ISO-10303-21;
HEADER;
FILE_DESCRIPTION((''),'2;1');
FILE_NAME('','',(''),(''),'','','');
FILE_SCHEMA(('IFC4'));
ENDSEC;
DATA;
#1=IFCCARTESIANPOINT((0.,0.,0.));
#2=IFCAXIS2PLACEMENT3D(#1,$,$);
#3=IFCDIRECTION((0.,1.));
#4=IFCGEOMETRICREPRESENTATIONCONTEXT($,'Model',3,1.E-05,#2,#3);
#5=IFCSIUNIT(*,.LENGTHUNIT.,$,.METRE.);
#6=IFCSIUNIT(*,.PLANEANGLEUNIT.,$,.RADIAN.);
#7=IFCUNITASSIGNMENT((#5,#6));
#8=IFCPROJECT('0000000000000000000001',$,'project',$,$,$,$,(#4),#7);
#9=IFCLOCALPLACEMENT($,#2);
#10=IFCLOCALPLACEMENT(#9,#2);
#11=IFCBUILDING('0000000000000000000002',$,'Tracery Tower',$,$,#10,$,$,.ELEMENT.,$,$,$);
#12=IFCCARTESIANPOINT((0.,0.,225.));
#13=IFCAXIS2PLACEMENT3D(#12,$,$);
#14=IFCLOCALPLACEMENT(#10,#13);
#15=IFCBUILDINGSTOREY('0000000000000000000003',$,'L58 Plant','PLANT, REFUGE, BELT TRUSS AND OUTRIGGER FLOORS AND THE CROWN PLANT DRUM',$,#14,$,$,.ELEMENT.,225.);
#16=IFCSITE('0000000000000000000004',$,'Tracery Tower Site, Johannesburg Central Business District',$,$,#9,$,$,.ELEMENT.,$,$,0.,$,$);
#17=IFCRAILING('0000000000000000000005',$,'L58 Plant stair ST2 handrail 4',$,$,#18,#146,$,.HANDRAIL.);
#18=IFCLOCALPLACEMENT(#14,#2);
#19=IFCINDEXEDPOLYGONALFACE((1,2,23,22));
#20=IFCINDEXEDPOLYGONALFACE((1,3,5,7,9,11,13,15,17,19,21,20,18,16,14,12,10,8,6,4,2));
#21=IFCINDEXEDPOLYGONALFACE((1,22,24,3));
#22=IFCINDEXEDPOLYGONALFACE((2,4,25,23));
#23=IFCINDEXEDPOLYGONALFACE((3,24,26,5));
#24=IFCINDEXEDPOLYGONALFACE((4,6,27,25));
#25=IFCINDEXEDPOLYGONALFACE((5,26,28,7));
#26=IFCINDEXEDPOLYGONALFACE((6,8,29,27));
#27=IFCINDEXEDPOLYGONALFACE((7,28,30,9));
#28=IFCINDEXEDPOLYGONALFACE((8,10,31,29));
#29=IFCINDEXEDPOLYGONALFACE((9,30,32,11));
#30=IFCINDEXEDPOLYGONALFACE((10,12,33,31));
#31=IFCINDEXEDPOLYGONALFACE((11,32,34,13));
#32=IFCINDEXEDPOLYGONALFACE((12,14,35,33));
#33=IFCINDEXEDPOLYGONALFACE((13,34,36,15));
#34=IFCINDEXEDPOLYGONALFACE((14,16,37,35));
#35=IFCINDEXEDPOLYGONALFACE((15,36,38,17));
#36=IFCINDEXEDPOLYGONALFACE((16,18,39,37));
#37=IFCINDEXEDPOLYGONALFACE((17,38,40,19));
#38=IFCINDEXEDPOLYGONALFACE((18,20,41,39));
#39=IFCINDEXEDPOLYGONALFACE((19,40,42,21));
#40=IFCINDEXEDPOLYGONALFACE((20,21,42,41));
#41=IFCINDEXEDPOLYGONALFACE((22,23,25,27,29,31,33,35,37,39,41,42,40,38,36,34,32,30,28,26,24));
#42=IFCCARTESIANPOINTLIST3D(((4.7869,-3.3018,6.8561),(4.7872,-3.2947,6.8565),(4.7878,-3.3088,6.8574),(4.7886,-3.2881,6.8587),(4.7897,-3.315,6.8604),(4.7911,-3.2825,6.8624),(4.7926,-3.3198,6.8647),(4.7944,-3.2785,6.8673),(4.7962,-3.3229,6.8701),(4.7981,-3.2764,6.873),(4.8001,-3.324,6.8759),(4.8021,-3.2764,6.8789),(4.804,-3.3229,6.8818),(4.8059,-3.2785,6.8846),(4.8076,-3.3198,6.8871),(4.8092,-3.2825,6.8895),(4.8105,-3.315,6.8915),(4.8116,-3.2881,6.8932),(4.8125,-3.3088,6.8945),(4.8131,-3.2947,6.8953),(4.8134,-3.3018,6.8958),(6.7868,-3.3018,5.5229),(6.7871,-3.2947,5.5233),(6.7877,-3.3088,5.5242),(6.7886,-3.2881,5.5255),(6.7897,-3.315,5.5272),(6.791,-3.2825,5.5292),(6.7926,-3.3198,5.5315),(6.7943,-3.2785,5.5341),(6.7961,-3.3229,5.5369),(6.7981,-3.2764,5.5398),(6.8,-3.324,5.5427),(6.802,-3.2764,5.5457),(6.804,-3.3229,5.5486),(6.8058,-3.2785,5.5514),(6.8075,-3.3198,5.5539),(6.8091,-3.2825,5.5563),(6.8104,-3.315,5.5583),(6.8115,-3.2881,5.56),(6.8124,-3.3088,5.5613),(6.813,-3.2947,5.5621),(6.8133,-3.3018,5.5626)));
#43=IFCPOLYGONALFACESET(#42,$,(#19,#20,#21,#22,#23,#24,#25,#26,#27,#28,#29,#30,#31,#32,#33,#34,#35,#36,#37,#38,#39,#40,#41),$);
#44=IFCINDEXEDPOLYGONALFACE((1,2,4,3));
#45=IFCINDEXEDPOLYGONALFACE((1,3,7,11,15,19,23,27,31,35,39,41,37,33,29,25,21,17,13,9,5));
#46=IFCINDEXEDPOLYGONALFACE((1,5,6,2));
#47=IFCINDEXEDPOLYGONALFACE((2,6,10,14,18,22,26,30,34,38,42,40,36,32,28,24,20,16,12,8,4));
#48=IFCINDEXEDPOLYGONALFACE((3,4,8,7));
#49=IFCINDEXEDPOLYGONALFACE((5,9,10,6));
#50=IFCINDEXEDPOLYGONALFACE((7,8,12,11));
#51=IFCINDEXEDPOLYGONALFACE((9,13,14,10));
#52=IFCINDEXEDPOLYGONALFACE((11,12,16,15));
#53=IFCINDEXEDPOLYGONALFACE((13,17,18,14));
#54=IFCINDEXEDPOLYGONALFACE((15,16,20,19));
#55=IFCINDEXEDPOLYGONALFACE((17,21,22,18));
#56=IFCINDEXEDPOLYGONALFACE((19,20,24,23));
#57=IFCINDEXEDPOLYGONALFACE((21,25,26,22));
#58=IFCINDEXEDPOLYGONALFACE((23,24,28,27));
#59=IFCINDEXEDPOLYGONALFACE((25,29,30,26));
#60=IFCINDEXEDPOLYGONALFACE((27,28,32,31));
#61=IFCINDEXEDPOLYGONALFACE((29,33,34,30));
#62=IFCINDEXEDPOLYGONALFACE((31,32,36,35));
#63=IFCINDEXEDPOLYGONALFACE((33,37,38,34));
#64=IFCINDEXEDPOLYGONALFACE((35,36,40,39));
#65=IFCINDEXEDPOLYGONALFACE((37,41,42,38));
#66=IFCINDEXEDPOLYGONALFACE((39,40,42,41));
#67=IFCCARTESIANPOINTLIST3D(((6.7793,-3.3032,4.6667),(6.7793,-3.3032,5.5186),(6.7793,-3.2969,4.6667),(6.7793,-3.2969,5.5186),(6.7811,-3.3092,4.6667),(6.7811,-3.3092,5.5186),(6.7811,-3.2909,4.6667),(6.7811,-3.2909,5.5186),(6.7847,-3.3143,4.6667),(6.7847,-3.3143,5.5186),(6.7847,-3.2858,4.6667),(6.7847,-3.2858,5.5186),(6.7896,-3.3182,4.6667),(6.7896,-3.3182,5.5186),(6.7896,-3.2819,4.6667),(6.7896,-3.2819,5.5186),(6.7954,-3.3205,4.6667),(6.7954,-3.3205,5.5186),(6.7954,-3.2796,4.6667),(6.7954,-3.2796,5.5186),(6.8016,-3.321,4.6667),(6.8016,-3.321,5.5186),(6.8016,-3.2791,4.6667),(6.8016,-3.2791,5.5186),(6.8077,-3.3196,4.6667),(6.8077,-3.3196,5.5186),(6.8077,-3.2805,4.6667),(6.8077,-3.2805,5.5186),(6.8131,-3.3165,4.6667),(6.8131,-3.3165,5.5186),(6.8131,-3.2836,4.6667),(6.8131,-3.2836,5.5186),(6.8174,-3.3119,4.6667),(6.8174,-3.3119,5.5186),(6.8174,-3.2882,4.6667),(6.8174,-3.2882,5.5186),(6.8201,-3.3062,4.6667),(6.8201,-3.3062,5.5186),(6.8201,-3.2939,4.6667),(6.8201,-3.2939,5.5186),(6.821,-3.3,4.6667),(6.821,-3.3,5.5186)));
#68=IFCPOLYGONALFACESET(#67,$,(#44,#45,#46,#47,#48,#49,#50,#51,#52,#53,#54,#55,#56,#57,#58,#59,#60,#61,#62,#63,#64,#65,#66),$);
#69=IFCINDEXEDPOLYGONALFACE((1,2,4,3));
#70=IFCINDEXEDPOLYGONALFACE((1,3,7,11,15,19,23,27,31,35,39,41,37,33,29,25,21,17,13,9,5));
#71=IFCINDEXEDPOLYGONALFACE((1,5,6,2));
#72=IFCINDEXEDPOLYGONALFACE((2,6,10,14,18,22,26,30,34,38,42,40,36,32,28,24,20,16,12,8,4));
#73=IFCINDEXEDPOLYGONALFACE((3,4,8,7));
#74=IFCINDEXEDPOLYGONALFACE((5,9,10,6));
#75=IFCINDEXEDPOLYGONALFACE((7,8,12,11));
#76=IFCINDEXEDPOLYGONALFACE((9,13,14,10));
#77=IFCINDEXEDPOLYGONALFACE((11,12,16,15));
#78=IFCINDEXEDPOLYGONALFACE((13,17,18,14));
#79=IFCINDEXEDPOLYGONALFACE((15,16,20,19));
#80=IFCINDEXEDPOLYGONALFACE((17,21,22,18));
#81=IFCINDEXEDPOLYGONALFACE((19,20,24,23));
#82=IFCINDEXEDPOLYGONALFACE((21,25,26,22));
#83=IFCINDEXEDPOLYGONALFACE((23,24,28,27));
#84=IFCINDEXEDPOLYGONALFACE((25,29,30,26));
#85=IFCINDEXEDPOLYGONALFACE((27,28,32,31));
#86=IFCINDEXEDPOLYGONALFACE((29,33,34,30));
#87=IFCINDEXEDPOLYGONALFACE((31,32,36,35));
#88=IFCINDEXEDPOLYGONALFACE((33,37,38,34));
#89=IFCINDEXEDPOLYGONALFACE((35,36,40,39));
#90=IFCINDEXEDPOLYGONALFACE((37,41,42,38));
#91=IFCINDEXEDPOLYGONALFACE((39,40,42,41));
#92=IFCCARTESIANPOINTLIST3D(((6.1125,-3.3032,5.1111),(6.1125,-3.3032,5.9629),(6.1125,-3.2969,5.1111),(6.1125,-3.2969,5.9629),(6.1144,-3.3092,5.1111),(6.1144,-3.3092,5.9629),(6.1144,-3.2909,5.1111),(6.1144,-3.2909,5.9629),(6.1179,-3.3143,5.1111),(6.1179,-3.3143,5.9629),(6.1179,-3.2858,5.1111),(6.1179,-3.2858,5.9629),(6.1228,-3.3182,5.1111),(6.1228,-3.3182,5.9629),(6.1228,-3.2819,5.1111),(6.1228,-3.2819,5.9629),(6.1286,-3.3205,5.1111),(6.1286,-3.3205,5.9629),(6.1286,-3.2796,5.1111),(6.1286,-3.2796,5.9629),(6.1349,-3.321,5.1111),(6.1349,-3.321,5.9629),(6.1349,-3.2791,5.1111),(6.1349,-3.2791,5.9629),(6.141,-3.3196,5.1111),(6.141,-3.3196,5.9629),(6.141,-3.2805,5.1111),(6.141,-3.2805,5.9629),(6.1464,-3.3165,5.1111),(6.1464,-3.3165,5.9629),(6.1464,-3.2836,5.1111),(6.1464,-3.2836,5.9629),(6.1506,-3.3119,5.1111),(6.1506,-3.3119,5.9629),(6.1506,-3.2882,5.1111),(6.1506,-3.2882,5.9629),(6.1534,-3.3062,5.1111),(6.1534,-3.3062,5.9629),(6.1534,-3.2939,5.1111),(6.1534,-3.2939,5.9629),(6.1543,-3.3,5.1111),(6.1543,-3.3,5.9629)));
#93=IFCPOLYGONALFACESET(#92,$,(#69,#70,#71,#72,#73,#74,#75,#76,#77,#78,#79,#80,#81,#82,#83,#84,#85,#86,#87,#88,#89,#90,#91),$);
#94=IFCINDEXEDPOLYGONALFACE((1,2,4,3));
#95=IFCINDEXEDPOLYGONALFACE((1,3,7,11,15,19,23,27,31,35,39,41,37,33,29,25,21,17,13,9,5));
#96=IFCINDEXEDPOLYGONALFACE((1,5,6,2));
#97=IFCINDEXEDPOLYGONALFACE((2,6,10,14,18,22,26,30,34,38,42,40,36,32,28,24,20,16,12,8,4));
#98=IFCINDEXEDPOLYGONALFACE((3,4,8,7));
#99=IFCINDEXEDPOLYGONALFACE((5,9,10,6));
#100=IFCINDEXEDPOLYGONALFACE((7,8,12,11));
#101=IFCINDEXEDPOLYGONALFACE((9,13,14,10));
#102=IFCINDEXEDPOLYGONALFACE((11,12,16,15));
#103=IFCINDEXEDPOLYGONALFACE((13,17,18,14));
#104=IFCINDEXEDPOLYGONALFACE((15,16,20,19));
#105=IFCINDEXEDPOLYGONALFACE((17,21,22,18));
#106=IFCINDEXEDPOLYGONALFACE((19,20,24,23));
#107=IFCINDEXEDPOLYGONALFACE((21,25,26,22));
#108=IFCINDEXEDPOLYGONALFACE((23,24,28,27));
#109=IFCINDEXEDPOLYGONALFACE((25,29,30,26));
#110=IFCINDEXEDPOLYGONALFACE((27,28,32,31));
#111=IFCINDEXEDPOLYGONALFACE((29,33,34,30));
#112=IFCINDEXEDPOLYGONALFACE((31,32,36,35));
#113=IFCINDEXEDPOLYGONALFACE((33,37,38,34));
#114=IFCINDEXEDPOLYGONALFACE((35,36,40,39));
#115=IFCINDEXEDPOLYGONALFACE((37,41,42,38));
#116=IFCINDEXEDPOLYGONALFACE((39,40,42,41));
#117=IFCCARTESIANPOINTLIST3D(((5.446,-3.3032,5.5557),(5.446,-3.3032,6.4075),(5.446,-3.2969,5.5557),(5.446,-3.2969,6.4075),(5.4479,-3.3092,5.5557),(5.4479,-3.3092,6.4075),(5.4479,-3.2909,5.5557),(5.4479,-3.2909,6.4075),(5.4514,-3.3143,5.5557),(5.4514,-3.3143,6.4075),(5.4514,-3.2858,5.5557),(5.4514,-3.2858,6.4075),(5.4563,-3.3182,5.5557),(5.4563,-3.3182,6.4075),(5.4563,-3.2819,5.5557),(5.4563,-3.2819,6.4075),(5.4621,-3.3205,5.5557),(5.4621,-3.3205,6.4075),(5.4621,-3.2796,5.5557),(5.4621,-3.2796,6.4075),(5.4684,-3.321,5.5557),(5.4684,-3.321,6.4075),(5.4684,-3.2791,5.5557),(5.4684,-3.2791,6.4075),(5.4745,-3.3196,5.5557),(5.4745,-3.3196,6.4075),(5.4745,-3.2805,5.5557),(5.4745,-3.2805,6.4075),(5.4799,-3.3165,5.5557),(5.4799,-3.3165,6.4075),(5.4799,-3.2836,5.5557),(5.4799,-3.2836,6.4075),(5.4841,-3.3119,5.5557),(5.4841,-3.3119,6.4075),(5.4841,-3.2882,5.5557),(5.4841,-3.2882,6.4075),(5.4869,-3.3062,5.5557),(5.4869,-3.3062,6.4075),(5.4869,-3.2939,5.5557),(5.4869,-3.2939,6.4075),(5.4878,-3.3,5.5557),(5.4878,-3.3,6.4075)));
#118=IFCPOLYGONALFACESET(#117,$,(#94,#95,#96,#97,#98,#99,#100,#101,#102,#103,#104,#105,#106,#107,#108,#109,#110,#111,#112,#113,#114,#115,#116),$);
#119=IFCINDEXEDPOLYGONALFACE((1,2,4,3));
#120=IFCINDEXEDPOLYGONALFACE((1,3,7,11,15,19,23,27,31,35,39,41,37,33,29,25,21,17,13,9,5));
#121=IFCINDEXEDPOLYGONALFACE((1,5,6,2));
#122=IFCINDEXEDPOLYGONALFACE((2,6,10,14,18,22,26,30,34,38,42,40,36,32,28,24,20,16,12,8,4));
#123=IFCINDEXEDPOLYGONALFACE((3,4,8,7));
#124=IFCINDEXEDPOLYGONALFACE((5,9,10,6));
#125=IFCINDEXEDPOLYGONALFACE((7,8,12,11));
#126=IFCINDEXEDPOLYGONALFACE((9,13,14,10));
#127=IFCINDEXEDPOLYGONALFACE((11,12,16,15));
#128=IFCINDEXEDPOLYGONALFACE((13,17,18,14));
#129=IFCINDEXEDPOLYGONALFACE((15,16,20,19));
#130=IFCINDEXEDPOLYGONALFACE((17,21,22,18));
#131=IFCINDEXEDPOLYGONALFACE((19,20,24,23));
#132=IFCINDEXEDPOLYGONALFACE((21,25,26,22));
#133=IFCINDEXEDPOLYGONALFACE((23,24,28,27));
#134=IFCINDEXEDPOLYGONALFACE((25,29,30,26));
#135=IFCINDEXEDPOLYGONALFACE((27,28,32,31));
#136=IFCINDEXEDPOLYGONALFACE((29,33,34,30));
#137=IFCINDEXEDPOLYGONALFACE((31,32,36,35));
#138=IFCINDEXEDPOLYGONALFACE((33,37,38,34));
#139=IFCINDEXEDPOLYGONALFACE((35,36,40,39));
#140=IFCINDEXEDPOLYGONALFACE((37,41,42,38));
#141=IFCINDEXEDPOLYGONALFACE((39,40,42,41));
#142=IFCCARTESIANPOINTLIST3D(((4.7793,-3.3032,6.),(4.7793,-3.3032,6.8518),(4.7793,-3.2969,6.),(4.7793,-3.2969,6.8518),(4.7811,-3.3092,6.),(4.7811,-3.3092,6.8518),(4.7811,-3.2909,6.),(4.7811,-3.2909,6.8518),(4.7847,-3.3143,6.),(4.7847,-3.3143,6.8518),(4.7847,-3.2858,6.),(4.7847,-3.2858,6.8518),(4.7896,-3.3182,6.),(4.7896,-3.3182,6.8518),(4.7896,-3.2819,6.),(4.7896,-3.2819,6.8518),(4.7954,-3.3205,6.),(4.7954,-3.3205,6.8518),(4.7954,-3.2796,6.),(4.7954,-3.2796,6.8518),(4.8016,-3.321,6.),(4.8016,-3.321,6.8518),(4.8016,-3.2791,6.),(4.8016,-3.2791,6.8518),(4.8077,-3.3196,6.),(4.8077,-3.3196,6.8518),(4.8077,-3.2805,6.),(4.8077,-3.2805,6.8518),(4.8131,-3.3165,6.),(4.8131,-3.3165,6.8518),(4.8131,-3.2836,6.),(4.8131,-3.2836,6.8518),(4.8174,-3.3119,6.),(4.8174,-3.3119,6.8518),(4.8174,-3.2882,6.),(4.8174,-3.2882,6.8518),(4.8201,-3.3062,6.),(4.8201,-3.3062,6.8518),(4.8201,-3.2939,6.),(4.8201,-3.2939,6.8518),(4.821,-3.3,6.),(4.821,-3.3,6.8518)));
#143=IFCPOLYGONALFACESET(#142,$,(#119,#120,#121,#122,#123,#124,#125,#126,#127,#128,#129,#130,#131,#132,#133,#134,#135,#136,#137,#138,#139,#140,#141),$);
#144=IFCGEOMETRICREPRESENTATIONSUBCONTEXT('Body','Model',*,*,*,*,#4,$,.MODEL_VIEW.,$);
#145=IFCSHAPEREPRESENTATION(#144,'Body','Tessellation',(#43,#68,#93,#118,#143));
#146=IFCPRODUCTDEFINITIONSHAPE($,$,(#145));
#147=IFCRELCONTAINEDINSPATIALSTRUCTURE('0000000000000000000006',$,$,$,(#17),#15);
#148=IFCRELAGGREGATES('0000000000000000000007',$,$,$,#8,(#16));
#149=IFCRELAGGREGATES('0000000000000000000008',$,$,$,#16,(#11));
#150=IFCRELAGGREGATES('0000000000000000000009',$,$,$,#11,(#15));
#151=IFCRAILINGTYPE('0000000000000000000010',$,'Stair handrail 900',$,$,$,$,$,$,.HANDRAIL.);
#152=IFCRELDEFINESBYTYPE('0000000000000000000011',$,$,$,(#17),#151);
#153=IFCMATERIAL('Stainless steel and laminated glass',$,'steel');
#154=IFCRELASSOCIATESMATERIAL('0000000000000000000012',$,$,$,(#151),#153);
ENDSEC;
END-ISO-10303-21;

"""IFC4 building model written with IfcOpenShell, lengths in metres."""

from ifc_helpers import new_model, si_unit, direction, frame, origin, origin_2d, place, context, subcontext, project, spatial, circle, extrude, material, type_object, element, save


model = new_model("IFC4")

# Units and contexts
model_context = context("Model", 3, precision=1e-05, world=origin(), true_north=direction((0.0, 1.0)))
body_context = subcontext(model_context, "Body", "Model", "MODEL_VIEW")
ifc_project = project(units=[si_unit("LENGTHUNIT", "METRE"), si_unit("PLANEANGLEUNIT", "RADIAN")], contexts=[model_context])

# Site, building, storey
site_placement = place(None, origin())
site = spatial("IfcSite", under=ifc_project, at=site_placement, Name="Tracery Tower Site, Johannesburg Central Business District", CompositionType="ELEMENT", RefElevation=0.0)
building_placement = place(site_placement, origin())
building = spatial("IfcBuilding", under=site, at=building_placement, Name="Tracery Tower", CompositionType="ELEMENT")
storey_placement = place(building_placement, frame((0.0, 0.0, 225.0)))
storey = spatial("IfcBuildingStorey", under=building, at=storey_placement, Name="L58 Plant", Description="PLANT, REFUGE, BELT TRUSS AND OUTRIGGER FLOORS AND THE CROWN PLANT DRUM", CompositionType="ELEMENT", Elevation=225.0)

# Railing
ifc_material_1 = material(Name="Stainless steel and laminated glass", Category="steel")
railing_type_1 = type_object("IfcRailingType", Name="Stair handrail 900", PredefinedType="HANDRAIL", material=ifc_material_1)
railing_1_placement = place(storey_placement, frame((6.8, -3.3, 4.6667)))
element("IfcRailing", 1, at=railing_1_placement, inside=storey, type_object=railing_type_1, Name="L58 Plant stair ST2 handrail 4", PredefinedType="HANDRAIL", context=body_context, shape_type="SweptSolid", body=[
    extrude(circle(Radius=0.0239, at=origin_2d()), frame((0.0, 0.0, 0.876), z_axis=(-0.832066, 0.0, 0.554677), x_axis=(0.0, -1.0, 0.0)), (0.0, 0.0, 1.0), 2.4036),
    extrude(circle(Radius=0.021, at=origin_2d()), origin(), (0.0, 0.0, 1.0), 0.8518),
    extrude(circle(Radius=0.021, at=origin_2d()), frame((-0.6667, 0.0, 0.4443)), (0.0, 0.0, 1.0), 0.8518),
    extrude(circle(Radius=0.021, at=origin_2d()), frame((-1.3333, 0.0, 0.8889)), (0.0, 0.0, 1.0), 0.8518),
    extrude(circle(Radius=0.021, at=origin_2d()), frame((-2.0, 0.0, 1.3333)), (0.0, 0.0, 1.0), 0.8518),
])

save(model, "model.ifc")
